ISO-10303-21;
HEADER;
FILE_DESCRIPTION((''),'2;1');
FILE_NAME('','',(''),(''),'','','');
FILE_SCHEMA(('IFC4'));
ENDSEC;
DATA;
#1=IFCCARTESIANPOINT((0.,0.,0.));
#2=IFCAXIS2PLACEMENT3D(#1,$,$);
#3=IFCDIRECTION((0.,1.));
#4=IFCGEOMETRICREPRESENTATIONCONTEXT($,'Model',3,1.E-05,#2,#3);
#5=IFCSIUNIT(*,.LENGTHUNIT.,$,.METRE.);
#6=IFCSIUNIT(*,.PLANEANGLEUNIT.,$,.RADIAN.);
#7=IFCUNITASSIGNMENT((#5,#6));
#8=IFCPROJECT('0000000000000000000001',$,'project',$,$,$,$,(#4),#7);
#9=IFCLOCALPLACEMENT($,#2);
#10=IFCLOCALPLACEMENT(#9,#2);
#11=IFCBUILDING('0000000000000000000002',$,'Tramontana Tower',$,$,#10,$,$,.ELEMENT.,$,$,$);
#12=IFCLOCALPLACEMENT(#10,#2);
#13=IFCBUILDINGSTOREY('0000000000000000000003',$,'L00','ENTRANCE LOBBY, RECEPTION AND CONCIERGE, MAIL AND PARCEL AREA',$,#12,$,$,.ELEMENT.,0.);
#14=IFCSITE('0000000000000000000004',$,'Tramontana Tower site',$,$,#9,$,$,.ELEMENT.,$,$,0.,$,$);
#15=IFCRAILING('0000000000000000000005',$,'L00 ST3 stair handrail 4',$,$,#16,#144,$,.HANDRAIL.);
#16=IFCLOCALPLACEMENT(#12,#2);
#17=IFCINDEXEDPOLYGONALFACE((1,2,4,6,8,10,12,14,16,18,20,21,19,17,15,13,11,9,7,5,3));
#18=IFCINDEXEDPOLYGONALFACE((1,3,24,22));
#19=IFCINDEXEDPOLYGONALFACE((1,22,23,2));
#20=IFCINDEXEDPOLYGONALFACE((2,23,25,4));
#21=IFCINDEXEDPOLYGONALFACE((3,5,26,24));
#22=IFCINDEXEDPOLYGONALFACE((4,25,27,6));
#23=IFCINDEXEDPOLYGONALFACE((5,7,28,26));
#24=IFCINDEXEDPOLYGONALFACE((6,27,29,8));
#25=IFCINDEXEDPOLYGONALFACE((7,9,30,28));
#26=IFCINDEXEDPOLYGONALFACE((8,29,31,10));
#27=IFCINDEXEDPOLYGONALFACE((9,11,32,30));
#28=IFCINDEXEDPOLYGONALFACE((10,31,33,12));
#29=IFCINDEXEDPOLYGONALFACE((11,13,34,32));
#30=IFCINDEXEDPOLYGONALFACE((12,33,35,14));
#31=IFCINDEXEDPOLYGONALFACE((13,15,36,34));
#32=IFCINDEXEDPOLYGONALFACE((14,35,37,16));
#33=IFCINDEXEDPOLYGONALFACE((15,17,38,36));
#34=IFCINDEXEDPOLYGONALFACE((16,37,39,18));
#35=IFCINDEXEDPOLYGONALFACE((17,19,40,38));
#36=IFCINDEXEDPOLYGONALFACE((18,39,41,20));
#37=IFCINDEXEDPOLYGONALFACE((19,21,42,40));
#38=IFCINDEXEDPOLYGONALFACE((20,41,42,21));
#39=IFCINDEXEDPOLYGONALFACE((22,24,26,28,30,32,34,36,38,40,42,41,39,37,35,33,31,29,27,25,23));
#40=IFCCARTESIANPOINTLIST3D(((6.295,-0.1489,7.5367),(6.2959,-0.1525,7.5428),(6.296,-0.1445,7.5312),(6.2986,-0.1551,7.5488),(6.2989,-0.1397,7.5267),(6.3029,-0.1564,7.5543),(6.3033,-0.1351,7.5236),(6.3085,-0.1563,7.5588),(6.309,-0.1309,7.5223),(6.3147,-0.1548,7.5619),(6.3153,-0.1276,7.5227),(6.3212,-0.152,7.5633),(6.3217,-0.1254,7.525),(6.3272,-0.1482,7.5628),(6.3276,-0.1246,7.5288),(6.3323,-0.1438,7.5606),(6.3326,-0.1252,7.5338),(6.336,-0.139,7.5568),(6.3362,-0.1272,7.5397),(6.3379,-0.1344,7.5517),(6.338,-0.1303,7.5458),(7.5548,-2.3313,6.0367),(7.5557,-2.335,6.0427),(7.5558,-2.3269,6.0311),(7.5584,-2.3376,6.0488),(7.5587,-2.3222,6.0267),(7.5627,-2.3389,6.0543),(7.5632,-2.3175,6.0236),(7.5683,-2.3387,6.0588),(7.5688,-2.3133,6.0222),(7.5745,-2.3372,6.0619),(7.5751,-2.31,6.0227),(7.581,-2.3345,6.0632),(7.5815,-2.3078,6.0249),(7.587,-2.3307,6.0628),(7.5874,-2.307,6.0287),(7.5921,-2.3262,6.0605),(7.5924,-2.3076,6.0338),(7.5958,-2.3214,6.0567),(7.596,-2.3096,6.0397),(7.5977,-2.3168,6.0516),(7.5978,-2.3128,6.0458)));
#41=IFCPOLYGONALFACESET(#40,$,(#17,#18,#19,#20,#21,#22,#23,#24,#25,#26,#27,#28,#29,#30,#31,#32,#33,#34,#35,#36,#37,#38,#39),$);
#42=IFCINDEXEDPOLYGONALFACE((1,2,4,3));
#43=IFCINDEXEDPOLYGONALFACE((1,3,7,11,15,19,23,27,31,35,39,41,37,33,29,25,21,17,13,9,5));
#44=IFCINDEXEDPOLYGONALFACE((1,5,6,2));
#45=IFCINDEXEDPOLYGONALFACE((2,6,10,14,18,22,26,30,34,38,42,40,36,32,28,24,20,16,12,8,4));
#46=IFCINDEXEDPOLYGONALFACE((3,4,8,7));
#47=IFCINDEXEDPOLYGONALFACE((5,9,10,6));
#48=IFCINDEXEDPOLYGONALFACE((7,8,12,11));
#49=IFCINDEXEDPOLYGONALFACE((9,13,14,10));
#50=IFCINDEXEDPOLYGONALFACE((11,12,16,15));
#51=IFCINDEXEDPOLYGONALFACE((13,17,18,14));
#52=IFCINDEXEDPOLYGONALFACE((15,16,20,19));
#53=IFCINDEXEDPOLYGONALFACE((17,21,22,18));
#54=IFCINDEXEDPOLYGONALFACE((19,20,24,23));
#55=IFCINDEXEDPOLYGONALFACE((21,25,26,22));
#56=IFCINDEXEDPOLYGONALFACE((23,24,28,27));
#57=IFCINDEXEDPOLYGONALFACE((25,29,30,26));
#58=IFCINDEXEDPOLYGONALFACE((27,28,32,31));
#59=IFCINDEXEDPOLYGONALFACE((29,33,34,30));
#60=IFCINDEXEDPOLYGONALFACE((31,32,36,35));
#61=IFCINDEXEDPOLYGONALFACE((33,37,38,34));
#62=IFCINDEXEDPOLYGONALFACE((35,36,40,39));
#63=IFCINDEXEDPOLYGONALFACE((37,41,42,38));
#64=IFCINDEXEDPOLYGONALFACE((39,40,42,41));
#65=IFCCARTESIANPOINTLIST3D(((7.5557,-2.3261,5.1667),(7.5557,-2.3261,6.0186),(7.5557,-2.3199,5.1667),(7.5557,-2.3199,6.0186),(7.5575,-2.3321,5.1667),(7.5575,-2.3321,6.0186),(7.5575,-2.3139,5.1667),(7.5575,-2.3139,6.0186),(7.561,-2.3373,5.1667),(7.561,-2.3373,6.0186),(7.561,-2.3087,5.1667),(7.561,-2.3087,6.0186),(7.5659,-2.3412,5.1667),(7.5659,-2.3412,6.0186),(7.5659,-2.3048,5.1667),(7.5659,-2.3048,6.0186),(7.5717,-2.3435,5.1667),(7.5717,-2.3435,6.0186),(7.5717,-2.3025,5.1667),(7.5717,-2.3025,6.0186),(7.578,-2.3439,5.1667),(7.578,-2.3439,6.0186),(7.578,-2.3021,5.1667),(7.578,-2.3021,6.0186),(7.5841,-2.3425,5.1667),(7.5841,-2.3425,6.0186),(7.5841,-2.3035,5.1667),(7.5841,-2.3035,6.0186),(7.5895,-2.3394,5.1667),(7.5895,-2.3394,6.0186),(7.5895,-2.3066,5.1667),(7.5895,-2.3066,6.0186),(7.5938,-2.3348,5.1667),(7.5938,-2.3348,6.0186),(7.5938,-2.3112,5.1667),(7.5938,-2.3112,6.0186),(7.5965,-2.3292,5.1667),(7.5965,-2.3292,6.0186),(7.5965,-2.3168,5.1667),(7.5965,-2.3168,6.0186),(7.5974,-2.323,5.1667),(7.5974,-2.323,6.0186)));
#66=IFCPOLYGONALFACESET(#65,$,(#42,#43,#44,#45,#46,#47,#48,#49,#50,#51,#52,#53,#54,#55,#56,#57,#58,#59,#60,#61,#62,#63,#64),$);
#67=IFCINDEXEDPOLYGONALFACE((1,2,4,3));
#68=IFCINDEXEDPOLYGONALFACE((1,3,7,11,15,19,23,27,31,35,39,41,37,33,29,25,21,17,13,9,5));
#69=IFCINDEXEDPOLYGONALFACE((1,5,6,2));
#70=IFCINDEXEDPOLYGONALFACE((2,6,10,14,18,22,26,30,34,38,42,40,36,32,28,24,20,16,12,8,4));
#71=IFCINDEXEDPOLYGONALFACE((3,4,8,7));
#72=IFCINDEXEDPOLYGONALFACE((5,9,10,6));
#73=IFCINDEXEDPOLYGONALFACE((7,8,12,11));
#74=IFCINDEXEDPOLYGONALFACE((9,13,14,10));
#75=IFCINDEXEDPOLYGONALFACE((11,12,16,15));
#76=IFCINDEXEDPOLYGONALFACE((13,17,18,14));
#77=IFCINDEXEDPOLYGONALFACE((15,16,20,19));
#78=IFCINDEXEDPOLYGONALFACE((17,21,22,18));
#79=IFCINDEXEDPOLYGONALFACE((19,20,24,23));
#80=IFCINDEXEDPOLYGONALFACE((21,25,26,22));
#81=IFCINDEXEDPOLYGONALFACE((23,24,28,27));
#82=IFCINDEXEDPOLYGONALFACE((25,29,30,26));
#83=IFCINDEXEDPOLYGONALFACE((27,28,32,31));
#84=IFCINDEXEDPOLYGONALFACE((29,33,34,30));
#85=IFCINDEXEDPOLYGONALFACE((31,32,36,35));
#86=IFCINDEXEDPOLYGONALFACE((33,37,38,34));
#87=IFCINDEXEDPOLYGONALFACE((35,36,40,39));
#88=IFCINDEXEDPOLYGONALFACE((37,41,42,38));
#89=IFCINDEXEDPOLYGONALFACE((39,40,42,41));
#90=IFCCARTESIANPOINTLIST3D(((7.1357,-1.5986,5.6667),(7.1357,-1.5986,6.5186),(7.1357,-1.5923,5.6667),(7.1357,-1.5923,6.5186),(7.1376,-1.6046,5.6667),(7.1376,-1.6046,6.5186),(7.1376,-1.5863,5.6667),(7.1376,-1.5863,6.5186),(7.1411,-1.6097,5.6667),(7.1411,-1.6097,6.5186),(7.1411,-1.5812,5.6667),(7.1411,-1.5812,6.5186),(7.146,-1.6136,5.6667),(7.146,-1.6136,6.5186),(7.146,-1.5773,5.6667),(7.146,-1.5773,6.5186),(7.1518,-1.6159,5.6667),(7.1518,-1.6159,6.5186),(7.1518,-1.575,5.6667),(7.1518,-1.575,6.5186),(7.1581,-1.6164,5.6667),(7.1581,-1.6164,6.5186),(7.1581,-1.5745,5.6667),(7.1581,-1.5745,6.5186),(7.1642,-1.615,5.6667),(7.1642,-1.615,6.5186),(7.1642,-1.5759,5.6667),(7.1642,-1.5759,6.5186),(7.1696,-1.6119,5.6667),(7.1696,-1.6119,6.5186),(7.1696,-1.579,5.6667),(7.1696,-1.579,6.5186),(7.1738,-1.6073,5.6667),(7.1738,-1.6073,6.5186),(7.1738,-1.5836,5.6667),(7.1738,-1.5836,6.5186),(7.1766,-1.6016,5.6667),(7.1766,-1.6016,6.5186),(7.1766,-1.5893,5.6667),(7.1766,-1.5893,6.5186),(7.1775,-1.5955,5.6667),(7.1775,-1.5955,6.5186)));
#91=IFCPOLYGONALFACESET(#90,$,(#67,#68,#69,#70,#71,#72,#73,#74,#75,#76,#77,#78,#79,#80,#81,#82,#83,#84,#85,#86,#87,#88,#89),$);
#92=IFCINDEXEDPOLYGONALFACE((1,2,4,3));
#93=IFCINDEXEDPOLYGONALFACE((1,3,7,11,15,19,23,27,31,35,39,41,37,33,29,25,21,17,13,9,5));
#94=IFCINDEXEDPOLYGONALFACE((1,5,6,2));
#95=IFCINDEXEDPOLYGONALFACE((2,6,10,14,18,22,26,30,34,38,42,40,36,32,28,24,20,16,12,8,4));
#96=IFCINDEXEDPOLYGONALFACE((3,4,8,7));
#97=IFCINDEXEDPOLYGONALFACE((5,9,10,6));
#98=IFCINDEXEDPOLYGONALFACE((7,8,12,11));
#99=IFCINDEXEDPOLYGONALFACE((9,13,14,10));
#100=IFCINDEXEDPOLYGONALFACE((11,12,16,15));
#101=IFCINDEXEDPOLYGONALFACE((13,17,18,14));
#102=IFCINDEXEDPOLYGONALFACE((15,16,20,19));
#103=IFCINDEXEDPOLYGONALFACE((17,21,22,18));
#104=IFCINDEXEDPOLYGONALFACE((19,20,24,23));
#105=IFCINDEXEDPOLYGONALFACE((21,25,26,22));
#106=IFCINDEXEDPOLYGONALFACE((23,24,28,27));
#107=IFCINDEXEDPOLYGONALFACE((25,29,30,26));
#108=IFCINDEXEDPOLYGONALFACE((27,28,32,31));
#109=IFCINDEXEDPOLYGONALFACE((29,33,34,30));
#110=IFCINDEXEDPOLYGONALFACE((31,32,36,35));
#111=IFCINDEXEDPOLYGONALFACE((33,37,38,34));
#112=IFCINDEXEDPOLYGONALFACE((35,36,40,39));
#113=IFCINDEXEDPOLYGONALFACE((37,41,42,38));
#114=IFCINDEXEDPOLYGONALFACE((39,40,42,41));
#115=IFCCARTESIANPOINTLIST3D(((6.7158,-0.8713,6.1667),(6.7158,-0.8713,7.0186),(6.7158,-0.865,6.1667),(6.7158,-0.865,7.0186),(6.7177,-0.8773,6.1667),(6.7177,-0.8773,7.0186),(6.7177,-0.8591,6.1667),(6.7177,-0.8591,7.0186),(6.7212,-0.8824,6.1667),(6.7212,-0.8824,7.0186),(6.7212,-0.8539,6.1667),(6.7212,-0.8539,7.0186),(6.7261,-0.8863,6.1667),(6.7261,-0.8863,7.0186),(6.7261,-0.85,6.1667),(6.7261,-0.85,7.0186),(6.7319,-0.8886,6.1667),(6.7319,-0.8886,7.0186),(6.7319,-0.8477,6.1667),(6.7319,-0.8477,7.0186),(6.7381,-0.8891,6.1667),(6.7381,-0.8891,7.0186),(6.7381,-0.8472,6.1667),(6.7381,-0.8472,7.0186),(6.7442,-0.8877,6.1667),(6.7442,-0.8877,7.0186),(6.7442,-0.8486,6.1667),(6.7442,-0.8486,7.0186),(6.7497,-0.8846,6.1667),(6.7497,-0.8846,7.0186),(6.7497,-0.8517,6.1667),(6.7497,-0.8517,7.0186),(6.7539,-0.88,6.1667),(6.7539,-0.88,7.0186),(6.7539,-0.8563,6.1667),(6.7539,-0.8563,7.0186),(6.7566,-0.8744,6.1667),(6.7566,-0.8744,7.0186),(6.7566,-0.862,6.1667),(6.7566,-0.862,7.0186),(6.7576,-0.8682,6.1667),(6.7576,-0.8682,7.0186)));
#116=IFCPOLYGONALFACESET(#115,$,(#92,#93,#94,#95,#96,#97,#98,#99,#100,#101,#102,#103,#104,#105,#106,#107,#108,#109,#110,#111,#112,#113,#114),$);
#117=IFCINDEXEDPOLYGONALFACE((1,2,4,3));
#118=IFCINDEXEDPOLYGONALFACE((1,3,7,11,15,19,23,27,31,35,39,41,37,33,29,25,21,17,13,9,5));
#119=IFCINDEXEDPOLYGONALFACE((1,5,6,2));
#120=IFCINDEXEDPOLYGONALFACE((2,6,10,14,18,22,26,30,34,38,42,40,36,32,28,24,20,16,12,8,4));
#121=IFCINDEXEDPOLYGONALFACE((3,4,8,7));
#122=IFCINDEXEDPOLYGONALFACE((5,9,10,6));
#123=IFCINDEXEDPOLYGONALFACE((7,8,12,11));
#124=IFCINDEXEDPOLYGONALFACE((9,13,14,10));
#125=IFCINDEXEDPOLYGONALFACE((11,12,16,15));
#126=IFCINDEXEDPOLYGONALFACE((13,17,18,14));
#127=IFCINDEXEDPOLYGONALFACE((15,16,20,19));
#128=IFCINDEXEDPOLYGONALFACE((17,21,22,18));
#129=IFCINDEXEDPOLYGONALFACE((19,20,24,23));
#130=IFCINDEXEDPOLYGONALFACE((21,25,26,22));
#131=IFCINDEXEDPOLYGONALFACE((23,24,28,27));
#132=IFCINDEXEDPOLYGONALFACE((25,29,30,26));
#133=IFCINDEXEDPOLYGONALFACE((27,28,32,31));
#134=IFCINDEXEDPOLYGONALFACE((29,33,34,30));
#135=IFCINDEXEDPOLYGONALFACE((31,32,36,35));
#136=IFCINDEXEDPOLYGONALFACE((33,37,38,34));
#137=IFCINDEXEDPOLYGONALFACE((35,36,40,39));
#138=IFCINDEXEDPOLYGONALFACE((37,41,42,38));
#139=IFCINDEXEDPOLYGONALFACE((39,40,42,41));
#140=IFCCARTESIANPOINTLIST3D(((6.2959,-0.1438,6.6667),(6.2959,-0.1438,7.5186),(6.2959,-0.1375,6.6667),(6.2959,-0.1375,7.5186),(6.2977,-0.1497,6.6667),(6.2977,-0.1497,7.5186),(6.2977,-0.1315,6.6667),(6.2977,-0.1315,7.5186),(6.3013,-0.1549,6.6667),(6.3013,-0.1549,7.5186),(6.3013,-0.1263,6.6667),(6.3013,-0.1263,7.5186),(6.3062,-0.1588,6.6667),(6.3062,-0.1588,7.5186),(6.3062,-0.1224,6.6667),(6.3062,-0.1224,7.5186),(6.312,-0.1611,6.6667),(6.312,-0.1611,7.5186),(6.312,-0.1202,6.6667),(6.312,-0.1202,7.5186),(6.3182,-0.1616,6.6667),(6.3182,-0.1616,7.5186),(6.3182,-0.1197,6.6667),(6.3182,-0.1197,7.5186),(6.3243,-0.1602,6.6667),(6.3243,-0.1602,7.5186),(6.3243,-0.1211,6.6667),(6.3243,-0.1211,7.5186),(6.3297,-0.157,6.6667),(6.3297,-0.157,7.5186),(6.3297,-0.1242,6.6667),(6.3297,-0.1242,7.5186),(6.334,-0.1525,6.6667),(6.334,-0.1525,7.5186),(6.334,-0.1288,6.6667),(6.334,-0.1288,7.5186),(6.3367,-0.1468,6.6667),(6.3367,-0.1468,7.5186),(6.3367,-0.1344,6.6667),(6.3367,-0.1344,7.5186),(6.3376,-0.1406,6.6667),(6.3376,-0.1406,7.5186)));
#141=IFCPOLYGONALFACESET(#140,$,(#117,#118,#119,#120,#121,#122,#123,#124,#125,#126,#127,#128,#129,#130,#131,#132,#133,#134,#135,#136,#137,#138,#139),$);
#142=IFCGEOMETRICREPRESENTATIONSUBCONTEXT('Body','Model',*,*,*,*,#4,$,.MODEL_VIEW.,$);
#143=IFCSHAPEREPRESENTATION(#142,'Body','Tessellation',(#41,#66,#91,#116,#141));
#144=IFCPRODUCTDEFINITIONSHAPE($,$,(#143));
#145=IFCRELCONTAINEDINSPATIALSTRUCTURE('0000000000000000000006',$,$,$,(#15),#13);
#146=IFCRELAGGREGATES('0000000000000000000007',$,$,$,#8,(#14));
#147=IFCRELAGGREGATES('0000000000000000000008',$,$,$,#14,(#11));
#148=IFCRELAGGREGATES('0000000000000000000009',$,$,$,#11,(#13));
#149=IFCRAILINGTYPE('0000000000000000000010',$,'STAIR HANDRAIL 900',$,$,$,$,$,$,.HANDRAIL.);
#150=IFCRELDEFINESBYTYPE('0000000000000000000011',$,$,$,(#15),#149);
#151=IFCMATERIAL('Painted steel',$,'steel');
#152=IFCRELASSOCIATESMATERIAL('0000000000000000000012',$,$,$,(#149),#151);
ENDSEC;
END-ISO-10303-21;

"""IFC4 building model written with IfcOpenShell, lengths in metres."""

from ifc_helpers import new_model, si_unit, direction, frame, origin, origin_2d, place, context, subcontext, project, spatial, circle, extrude, material, type_object, element, save


model = new_model("IFC4")

# Units and contexts
model_context = context("Model", 3, precision=1e-05, world=origin(), true_north=direction((0.0, 1.0)))
body_context = subcontext(model_context, "Body", "Model", "MODEL_VIEW")
ifc_project = project(units=[si_unit("LENGTHUNIT", "METRE"), si_unit("PLANEANGLEUNIT", "RADIAN")], contexts=[model_context])

# Site, building, storey
site_placement = place(None, origin())
site = spatial("IfcSite", under=ifc_project, at=site_placement, Name="Tramontana Tower site", CompositionType="ELEMENT", RefElevation=0.0)
building_placement = place(site_placement, origin())
building = spatial("IfcBuilding", under=site, at=building_placement, Name="Tramontana Tower", CompositionType="ELEMENT")
storey_placement = place(building_placement, origin())
storey = spatial("IfcBuildingStorey", under=building, at=storey_placement, Name="L00", Description="ENTRANCE LOBBY, RECEPTION AND CONCIERGE, MAIL AND PARCEL AREA", CompositionType="ELEMENT", Elevation=0.0)

# Railing
ifc_material_1 = material(Name="Painted steel", Category="steel")
railing_type = type_object("IfcRailingType", Name="STAIR HANDRAIL 900", PredefinedType="HANDRAIL", material=ifc_material_1)
for number, where, name in (
    (1, (7.5764, -2.323, 5.1667), "L00 ST3 stair handrail 4"),
):
    element("IfcRailing", number, at=place(storey_placement, frame(where)), inside=storey, type_object=railing_type, Name=name, PredefinedType="HANDRAIL", context=body_context, shape_type="SweptSolid", body=[
        extrude(circle(Radius=0.0239, at=origin_2d()), frame((0.0, 0.0, 0.876), z_axis=(-0.429582, 0.744193, 0.511503), x_axis=(-0.866065, -0.499932, 0.0)), (0.0, 0.0, 1.0), 2.9326),
        extrude(circle(Radius=0.021, at=origin_2d()), origin(), (0.0, 0.0, 1.0), 0.8518),
        extrude(circle(Radius=0.021, at=origin_2d()), frame((-0.4199, 0.7275, 0.5)), (0.0, 0.0, 1.0), 0.8518),
        extrude(circle(Radius=0.021, at=origin_2d()), frame((-0.8398, 1.4548, 1.0)), (0.0, 0.0, 1.0), 0.8518),
        extrude(circle(Radius=0.021, at=origin_2d()), frame((-1.2598, 2.1824, 1.5)), (0.0, 0.0, 1.0), 0.8518),
    ])

save(model, "model.ifc")
